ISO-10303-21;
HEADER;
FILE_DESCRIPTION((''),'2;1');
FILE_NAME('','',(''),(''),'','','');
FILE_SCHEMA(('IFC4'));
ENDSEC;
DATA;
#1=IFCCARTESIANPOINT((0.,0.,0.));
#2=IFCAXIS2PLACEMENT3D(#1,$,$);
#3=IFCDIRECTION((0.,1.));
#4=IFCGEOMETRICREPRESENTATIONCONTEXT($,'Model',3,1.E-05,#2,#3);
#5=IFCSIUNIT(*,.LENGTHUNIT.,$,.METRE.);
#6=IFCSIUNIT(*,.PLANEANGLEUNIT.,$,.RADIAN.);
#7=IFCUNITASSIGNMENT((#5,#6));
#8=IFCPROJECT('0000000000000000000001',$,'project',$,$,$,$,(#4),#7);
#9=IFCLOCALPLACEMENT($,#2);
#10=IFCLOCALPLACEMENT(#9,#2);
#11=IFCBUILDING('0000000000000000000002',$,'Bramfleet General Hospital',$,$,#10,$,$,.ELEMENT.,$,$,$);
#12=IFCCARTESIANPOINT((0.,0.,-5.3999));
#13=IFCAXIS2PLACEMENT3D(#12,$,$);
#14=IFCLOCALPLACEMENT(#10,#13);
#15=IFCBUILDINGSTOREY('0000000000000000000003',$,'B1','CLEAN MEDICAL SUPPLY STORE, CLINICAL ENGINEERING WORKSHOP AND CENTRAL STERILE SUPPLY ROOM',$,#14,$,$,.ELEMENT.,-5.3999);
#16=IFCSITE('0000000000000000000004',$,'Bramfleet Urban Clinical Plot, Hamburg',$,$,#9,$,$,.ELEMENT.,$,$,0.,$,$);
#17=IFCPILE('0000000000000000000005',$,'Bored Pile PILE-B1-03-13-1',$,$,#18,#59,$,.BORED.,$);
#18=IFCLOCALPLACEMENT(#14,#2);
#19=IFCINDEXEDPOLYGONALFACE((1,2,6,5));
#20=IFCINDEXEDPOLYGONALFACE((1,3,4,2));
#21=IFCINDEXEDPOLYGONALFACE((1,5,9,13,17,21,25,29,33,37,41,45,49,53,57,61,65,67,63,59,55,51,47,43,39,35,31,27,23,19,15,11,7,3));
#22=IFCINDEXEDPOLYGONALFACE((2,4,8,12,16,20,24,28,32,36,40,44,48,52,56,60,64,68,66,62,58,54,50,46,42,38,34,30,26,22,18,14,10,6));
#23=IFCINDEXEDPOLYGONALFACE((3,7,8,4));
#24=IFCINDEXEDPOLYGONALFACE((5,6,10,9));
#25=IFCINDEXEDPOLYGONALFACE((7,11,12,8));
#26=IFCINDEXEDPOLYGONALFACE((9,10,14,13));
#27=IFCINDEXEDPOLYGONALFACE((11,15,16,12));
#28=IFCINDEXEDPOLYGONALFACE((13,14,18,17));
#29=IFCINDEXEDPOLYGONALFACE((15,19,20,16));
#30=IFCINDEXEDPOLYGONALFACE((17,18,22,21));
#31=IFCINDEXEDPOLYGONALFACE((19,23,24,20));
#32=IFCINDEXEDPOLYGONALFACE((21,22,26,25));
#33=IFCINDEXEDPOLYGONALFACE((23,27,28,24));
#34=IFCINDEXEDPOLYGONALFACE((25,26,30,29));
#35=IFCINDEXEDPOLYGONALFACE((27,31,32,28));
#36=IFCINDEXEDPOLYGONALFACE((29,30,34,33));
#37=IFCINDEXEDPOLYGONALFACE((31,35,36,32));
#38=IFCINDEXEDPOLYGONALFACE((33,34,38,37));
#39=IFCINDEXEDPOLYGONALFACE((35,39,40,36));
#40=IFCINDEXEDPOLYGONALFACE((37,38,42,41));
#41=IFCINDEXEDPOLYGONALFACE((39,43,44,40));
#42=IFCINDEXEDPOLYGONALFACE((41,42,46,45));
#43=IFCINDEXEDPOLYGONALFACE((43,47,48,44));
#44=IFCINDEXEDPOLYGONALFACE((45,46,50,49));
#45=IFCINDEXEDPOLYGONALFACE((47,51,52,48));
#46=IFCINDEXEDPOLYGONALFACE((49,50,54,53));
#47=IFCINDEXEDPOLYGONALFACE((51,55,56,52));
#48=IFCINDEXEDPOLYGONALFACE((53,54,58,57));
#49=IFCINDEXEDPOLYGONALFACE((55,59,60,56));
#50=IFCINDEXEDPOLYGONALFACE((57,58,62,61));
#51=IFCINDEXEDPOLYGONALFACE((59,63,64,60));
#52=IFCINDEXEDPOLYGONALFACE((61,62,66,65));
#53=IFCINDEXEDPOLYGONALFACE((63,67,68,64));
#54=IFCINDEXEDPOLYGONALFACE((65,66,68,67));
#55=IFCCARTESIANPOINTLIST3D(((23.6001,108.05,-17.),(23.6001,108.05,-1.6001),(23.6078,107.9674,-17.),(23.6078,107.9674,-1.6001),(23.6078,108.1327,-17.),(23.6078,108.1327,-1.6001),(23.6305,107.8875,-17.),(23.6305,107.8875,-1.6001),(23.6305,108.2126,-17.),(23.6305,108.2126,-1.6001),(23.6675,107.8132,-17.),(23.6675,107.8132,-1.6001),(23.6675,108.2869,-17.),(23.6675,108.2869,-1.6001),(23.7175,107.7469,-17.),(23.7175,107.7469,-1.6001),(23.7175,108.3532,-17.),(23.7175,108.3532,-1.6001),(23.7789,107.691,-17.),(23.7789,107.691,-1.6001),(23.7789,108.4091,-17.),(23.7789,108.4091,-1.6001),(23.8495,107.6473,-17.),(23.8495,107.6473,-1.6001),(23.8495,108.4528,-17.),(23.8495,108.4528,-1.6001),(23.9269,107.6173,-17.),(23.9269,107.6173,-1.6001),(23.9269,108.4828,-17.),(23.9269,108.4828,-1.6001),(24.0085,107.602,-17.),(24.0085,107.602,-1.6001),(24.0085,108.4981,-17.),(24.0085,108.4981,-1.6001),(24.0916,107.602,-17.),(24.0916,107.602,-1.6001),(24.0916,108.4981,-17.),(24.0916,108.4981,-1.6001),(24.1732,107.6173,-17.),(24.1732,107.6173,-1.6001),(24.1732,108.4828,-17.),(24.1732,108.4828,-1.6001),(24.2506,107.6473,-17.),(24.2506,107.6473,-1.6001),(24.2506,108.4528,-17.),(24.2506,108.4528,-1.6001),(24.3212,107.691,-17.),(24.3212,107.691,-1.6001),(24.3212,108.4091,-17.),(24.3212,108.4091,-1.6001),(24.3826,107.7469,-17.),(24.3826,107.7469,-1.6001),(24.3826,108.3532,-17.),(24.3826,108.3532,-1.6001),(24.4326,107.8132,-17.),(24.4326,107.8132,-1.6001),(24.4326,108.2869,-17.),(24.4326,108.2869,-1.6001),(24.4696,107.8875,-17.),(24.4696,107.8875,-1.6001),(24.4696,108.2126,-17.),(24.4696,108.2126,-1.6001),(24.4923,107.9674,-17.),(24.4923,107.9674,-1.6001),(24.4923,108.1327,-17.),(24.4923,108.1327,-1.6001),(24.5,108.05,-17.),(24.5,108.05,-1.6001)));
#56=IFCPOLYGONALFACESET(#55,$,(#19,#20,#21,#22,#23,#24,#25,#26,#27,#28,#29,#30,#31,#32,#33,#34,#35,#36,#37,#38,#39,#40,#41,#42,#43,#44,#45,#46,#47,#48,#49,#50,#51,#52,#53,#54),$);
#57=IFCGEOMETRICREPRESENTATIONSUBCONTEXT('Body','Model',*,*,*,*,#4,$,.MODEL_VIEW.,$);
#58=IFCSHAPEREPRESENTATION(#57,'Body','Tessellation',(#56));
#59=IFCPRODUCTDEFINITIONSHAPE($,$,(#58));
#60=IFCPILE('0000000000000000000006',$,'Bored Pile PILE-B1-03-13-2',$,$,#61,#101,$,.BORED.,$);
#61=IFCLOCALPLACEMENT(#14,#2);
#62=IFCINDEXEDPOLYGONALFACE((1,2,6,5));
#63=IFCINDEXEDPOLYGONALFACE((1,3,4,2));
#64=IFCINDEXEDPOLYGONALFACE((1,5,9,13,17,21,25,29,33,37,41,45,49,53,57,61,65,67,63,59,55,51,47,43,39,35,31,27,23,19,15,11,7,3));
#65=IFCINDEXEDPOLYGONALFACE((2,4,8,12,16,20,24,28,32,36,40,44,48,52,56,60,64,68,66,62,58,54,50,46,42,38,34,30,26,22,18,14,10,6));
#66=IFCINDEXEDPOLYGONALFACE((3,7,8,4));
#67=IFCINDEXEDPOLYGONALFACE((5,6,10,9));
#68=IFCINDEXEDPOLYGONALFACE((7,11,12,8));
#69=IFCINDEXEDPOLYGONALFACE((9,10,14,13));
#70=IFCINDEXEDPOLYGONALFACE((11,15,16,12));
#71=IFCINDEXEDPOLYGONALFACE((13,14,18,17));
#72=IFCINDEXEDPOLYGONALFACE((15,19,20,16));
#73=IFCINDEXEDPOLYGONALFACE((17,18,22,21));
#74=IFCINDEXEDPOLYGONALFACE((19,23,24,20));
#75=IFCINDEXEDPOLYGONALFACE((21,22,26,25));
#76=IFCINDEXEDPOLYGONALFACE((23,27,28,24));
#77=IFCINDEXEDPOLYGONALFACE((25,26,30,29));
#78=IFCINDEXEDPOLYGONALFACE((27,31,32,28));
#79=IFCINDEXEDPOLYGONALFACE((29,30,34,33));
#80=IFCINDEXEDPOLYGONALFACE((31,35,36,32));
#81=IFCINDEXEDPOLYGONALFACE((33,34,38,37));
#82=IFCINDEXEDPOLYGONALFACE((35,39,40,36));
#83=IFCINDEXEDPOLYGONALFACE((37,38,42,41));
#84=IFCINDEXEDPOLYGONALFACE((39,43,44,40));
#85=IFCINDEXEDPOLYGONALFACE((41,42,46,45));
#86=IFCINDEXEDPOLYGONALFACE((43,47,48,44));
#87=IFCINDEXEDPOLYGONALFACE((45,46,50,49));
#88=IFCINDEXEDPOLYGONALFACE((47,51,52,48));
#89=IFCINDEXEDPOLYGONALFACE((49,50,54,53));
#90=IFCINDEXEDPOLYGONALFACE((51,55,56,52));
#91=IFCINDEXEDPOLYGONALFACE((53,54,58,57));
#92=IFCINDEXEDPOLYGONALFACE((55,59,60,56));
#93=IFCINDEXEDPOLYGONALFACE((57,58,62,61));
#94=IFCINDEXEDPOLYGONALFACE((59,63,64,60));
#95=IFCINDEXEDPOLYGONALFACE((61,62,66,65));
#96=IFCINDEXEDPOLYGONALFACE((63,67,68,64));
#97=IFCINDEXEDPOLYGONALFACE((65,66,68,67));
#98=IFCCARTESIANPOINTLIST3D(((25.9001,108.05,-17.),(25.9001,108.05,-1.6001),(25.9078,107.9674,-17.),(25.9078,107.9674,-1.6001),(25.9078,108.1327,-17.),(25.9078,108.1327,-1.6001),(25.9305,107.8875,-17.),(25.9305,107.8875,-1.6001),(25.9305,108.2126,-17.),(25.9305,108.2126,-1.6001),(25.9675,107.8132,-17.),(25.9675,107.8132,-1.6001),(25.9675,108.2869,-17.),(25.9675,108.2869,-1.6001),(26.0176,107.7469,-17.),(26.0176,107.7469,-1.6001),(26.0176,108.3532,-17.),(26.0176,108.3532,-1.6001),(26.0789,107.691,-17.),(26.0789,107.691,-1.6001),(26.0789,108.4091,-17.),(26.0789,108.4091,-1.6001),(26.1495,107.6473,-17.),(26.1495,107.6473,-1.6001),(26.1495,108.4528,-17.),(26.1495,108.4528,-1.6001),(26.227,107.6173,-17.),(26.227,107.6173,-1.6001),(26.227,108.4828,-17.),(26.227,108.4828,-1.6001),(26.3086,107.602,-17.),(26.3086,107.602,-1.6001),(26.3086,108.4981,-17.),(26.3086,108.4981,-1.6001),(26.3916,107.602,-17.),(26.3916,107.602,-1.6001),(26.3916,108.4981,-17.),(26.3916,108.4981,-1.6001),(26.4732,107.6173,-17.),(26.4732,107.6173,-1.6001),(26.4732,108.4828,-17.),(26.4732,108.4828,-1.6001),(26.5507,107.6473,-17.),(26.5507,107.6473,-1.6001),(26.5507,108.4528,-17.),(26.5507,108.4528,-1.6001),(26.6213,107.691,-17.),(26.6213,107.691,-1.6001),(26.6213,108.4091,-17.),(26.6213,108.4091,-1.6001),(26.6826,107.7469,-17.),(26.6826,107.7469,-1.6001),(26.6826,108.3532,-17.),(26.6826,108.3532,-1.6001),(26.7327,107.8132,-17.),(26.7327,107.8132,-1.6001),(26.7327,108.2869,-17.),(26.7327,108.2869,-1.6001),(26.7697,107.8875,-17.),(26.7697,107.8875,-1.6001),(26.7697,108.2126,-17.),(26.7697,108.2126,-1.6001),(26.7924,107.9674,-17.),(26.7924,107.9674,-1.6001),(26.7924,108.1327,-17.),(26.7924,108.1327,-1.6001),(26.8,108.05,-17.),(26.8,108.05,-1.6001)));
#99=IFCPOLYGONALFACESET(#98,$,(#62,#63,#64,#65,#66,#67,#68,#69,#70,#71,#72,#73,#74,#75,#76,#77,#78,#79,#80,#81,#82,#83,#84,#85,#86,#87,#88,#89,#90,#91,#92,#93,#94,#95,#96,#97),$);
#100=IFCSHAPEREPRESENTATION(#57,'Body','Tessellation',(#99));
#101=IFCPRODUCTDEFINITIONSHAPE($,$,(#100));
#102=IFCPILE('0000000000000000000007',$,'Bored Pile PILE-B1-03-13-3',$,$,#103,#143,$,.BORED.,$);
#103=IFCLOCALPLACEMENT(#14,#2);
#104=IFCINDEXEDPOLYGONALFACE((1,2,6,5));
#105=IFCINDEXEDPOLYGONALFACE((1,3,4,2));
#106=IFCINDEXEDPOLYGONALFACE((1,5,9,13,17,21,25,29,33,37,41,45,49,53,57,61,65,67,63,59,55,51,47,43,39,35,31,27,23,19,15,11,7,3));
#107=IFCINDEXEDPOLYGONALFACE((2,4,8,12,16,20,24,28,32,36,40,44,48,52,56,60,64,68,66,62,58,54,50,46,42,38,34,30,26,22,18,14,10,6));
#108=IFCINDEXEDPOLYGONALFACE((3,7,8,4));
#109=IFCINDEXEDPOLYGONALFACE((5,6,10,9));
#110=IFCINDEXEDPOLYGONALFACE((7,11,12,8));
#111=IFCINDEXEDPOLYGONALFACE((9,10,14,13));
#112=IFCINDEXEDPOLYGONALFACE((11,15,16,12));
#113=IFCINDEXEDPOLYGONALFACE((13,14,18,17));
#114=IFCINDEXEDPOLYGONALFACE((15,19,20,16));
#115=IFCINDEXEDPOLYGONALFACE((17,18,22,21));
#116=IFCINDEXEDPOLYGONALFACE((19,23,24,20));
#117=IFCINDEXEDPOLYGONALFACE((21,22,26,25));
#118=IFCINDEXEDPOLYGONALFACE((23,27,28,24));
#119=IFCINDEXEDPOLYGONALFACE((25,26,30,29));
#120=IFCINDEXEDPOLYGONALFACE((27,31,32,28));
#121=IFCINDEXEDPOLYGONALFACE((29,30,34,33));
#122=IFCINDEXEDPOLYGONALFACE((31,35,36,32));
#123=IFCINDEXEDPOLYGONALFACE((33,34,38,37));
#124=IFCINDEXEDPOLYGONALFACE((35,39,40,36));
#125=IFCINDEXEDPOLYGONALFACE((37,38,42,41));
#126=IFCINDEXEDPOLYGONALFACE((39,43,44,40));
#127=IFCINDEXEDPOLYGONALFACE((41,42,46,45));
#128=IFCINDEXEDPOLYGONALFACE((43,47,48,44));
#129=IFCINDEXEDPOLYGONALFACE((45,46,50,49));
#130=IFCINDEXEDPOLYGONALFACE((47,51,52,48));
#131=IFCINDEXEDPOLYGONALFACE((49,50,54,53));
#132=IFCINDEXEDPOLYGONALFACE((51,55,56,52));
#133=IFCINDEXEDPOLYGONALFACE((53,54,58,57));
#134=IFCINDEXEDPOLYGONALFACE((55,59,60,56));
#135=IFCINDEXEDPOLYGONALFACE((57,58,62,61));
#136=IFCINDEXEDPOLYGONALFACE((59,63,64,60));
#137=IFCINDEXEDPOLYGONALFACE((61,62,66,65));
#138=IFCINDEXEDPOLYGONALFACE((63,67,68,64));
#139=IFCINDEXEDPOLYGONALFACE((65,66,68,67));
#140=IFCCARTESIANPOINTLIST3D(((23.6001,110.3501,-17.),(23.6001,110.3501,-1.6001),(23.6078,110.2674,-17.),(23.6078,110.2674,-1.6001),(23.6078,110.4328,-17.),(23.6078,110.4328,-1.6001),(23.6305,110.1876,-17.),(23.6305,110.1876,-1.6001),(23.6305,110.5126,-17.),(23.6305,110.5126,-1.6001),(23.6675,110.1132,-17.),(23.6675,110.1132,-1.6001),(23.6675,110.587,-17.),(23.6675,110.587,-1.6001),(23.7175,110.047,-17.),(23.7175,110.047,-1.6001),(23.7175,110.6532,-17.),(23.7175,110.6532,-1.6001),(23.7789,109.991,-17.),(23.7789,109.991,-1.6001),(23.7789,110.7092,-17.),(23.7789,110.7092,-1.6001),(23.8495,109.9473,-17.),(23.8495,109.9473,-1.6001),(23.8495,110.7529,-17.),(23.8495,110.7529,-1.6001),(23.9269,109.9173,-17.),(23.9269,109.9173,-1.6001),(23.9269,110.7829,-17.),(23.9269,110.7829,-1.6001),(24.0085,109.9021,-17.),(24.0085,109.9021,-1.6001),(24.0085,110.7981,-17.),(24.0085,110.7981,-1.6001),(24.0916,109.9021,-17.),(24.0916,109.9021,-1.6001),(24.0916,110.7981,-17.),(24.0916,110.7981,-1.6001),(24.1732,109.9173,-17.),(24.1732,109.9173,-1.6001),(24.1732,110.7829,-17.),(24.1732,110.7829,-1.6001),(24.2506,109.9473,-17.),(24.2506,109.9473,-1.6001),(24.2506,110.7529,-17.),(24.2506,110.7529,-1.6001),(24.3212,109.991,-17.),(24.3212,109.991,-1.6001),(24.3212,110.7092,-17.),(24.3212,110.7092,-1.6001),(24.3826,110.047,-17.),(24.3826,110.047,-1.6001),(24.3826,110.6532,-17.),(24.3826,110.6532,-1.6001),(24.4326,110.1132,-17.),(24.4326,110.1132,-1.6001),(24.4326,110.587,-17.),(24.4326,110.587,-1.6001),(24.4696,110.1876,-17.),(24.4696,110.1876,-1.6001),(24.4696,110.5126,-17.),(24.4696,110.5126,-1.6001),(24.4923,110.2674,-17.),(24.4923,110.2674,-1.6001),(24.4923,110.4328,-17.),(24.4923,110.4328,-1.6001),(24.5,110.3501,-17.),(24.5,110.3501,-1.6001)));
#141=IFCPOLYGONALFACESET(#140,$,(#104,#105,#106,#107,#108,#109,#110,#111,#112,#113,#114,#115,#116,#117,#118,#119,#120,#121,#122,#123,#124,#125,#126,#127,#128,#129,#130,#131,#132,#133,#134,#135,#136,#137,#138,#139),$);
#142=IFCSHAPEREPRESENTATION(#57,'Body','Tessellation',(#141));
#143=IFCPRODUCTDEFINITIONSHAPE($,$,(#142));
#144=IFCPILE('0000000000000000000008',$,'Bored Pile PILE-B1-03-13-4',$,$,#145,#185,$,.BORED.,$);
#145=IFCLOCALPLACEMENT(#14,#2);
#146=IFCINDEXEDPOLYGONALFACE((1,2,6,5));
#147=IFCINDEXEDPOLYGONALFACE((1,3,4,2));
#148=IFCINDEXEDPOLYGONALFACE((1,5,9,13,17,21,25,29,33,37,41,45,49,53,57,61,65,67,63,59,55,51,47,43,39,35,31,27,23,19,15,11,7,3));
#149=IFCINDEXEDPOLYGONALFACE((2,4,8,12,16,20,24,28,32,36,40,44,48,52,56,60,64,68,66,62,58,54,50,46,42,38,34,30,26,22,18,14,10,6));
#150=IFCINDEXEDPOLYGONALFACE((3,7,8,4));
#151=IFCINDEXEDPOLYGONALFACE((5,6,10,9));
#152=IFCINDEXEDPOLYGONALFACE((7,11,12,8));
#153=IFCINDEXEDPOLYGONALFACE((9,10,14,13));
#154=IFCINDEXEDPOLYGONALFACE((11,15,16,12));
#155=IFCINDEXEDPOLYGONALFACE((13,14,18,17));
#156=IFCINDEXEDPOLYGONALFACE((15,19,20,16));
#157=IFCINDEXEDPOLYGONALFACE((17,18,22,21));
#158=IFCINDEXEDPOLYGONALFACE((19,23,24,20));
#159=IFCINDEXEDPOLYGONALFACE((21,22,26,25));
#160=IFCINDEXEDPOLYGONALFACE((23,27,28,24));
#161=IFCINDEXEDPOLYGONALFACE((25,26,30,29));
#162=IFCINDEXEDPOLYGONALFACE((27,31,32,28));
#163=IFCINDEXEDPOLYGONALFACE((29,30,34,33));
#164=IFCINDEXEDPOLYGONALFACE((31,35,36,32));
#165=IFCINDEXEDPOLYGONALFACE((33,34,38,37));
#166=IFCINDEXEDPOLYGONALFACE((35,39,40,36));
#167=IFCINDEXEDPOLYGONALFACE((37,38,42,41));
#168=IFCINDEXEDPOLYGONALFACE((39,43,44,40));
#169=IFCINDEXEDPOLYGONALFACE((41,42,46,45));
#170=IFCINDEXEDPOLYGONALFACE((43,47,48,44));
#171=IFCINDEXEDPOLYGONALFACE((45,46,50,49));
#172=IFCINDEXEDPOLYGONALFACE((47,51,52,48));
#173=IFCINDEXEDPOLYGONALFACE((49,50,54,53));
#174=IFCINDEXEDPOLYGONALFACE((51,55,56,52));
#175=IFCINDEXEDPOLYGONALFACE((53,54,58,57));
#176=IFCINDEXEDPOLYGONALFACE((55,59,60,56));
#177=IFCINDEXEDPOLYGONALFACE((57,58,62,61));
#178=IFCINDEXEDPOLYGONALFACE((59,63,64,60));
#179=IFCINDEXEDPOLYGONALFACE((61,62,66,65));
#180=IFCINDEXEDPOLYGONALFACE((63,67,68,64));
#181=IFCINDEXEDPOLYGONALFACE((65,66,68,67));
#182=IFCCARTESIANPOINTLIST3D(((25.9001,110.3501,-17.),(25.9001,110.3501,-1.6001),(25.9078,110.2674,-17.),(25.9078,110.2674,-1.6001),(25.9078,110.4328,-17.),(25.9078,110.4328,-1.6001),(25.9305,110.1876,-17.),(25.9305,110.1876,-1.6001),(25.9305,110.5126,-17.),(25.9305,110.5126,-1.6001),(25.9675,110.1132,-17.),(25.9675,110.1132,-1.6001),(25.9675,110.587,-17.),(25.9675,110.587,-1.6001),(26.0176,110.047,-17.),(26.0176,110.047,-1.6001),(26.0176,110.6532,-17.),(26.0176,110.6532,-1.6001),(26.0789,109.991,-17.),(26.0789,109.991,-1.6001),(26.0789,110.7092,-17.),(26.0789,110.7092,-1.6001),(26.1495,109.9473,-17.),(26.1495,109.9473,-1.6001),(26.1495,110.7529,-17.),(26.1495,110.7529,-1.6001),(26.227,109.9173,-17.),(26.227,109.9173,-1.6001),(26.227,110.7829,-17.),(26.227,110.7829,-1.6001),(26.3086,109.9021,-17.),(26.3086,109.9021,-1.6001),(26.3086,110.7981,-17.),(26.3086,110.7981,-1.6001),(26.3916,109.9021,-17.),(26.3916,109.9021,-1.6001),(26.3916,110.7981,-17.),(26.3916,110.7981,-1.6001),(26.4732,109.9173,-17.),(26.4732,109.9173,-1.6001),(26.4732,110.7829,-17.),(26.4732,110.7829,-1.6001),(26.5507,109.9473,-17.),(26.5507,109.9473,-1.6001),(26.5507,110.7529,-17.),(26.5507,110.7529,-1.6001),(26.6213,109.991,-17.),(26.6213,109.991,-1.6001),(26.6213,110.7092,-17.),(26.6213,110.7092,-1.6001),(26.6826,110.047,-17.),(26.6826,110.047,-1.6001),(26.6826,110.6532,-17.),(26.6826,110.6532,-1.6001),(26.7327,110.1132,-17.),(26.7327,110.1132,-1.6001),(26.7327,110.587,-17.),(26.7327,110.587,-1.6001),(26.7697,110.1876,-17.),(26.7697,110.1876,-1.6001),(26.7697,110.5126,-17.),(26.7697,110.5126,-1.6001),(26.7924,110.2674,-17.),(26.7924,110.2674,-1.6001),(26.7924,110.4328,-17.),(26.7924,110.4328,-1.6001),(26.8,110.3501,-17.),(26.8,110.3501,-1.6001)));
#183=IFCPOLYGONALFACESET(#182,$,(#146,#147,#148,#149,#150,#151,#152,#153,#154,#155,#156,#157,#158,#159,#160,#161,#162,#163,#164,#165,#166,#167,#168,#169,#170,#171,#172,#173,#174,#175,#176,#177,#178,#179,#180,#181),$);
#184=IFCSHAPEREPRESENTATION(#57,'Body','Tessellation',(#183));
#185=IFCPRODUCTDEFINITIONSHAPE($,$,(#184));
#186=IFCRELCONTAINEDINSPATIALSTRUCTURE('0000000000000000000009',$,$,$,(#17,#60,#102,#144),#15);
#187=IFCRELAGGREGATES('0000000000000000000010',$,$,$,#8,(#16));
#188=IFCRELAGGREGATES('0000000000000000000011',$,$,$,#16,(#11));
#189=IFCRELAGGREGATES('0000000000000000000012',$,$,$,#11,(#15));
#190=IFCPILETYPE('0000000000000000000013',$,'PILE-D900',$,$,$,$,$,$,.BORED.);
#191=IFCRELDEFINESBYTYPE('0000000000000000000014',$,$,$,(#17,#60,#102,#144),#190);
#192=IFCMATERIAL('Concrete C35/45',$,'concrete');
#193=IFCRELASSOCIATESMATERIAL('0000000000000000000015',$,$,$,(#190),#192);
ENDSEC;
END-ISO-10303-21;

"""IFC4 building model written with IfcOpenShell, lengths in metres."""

from ifc_helpers import new_model, si_unit, direction, frame, origin, origin_2d, place, context, subcontext, project, spatial, circle, extrude, material, material_profile, profile_set, type_object, element, save


model = new_model("IFC4")

# Units and contexts
model_context = context("Model", 3, precision=1e-05, world=origin(), true_north=direction((0.0, 1.0)))
body_context = subcontext(model_context, "Body", "Model", "MODEL_VIEW")
ifc_project = project(units=[si_unit("LENGTHUNIT", "METRE"), si_unit("PLANEANGLEUNIT", "RADIAN")], contexts=[model_context])

# Site, building, storey
site_placement = place(None, origin())
site = spatial("IfcSite", under=ifc_project, at=site_placement, Name="Bramfleet Urban Clinical Plot, Hamburg", CompositionType="ELEMENT", RefElevation=0.0)
building_placement = place(site_placement, origin())
building = spatial("IfcBuilding", under=site, at=building_placement, Name="Bramfleet General Hospital", CompositionType="ELEMENT")
storey_placement = place(building_placement, frame((0.0, 0.0, -5.3999)))
storey = spatial("IfcBuildingStorey", under=building, at=storey_placement, Name="B1", Description="CLEAN MEDICAL SUPPLY STORE, CLINICAL ENGINEERING WORKSHOP AND CENTRAL STERILE SUPPLY ROOM", CompositionType="ELEMENT", Elevation=-5.3999)

# Shared definitions
ifc_material_1 = material(Name="Concrete C35/45", Category="concrete")

# Piles
ifc_material_profile_1 = material_profile(ifc_material_1, circle(Radius=0.45, at=origin_2d()), Name="PILE BORED D900")
ifc_profile_set_1 = profile_set([ifc_material_profile_1], Name="Concrete C35/45")
pile_type = type_object("IfcPileType", Name="PILE-D900", PredefinedType="BORED", material=ifc_profile_set_1)
for number, where, z_axis, x_axis, name in (
    (1, (24.05, 108.05, -1.6001), (0.0, 0.0, -1.0), (1.0, 0.0, 0.0), "Bored Pile PILE-B1-03-13-1"),
    (2, (26.3501, 108.05, -1.6001), (0.0, 0.0, -1.0), (1.0, 0.0, 0.0), "Bored Pile PILE-B1-03-13-2"),
    (3, (24.05, 110.3501, -1.6001), (0.0, 0.0, -1.0), (1.0, 0.0, 0.0), "Bored Pile PILE-B1-03-13-3"),
    (4, (26.3501, 110.3501, -1.6001), (0.0, 0.0, -1.0), (1.0, 0.0, 0.0), "Bored Pile PILE-B1-03-13-4"),
):
    element("IfcPile", number, at=place(storey_placement, frame(where, z_axis=z_axis, x_axis=x_axis)), inside=storey, type_object=pile_type, Name=name, PredefinedType="BORED", context=body_context, shape_type="SweptSolid", body=[
        extrude(circle(Radius=0.45, at=origin_2d()), origin(), (0.0, 0.0, 1.0), 15.3999),
    ])

save(model, "model.ifc")
